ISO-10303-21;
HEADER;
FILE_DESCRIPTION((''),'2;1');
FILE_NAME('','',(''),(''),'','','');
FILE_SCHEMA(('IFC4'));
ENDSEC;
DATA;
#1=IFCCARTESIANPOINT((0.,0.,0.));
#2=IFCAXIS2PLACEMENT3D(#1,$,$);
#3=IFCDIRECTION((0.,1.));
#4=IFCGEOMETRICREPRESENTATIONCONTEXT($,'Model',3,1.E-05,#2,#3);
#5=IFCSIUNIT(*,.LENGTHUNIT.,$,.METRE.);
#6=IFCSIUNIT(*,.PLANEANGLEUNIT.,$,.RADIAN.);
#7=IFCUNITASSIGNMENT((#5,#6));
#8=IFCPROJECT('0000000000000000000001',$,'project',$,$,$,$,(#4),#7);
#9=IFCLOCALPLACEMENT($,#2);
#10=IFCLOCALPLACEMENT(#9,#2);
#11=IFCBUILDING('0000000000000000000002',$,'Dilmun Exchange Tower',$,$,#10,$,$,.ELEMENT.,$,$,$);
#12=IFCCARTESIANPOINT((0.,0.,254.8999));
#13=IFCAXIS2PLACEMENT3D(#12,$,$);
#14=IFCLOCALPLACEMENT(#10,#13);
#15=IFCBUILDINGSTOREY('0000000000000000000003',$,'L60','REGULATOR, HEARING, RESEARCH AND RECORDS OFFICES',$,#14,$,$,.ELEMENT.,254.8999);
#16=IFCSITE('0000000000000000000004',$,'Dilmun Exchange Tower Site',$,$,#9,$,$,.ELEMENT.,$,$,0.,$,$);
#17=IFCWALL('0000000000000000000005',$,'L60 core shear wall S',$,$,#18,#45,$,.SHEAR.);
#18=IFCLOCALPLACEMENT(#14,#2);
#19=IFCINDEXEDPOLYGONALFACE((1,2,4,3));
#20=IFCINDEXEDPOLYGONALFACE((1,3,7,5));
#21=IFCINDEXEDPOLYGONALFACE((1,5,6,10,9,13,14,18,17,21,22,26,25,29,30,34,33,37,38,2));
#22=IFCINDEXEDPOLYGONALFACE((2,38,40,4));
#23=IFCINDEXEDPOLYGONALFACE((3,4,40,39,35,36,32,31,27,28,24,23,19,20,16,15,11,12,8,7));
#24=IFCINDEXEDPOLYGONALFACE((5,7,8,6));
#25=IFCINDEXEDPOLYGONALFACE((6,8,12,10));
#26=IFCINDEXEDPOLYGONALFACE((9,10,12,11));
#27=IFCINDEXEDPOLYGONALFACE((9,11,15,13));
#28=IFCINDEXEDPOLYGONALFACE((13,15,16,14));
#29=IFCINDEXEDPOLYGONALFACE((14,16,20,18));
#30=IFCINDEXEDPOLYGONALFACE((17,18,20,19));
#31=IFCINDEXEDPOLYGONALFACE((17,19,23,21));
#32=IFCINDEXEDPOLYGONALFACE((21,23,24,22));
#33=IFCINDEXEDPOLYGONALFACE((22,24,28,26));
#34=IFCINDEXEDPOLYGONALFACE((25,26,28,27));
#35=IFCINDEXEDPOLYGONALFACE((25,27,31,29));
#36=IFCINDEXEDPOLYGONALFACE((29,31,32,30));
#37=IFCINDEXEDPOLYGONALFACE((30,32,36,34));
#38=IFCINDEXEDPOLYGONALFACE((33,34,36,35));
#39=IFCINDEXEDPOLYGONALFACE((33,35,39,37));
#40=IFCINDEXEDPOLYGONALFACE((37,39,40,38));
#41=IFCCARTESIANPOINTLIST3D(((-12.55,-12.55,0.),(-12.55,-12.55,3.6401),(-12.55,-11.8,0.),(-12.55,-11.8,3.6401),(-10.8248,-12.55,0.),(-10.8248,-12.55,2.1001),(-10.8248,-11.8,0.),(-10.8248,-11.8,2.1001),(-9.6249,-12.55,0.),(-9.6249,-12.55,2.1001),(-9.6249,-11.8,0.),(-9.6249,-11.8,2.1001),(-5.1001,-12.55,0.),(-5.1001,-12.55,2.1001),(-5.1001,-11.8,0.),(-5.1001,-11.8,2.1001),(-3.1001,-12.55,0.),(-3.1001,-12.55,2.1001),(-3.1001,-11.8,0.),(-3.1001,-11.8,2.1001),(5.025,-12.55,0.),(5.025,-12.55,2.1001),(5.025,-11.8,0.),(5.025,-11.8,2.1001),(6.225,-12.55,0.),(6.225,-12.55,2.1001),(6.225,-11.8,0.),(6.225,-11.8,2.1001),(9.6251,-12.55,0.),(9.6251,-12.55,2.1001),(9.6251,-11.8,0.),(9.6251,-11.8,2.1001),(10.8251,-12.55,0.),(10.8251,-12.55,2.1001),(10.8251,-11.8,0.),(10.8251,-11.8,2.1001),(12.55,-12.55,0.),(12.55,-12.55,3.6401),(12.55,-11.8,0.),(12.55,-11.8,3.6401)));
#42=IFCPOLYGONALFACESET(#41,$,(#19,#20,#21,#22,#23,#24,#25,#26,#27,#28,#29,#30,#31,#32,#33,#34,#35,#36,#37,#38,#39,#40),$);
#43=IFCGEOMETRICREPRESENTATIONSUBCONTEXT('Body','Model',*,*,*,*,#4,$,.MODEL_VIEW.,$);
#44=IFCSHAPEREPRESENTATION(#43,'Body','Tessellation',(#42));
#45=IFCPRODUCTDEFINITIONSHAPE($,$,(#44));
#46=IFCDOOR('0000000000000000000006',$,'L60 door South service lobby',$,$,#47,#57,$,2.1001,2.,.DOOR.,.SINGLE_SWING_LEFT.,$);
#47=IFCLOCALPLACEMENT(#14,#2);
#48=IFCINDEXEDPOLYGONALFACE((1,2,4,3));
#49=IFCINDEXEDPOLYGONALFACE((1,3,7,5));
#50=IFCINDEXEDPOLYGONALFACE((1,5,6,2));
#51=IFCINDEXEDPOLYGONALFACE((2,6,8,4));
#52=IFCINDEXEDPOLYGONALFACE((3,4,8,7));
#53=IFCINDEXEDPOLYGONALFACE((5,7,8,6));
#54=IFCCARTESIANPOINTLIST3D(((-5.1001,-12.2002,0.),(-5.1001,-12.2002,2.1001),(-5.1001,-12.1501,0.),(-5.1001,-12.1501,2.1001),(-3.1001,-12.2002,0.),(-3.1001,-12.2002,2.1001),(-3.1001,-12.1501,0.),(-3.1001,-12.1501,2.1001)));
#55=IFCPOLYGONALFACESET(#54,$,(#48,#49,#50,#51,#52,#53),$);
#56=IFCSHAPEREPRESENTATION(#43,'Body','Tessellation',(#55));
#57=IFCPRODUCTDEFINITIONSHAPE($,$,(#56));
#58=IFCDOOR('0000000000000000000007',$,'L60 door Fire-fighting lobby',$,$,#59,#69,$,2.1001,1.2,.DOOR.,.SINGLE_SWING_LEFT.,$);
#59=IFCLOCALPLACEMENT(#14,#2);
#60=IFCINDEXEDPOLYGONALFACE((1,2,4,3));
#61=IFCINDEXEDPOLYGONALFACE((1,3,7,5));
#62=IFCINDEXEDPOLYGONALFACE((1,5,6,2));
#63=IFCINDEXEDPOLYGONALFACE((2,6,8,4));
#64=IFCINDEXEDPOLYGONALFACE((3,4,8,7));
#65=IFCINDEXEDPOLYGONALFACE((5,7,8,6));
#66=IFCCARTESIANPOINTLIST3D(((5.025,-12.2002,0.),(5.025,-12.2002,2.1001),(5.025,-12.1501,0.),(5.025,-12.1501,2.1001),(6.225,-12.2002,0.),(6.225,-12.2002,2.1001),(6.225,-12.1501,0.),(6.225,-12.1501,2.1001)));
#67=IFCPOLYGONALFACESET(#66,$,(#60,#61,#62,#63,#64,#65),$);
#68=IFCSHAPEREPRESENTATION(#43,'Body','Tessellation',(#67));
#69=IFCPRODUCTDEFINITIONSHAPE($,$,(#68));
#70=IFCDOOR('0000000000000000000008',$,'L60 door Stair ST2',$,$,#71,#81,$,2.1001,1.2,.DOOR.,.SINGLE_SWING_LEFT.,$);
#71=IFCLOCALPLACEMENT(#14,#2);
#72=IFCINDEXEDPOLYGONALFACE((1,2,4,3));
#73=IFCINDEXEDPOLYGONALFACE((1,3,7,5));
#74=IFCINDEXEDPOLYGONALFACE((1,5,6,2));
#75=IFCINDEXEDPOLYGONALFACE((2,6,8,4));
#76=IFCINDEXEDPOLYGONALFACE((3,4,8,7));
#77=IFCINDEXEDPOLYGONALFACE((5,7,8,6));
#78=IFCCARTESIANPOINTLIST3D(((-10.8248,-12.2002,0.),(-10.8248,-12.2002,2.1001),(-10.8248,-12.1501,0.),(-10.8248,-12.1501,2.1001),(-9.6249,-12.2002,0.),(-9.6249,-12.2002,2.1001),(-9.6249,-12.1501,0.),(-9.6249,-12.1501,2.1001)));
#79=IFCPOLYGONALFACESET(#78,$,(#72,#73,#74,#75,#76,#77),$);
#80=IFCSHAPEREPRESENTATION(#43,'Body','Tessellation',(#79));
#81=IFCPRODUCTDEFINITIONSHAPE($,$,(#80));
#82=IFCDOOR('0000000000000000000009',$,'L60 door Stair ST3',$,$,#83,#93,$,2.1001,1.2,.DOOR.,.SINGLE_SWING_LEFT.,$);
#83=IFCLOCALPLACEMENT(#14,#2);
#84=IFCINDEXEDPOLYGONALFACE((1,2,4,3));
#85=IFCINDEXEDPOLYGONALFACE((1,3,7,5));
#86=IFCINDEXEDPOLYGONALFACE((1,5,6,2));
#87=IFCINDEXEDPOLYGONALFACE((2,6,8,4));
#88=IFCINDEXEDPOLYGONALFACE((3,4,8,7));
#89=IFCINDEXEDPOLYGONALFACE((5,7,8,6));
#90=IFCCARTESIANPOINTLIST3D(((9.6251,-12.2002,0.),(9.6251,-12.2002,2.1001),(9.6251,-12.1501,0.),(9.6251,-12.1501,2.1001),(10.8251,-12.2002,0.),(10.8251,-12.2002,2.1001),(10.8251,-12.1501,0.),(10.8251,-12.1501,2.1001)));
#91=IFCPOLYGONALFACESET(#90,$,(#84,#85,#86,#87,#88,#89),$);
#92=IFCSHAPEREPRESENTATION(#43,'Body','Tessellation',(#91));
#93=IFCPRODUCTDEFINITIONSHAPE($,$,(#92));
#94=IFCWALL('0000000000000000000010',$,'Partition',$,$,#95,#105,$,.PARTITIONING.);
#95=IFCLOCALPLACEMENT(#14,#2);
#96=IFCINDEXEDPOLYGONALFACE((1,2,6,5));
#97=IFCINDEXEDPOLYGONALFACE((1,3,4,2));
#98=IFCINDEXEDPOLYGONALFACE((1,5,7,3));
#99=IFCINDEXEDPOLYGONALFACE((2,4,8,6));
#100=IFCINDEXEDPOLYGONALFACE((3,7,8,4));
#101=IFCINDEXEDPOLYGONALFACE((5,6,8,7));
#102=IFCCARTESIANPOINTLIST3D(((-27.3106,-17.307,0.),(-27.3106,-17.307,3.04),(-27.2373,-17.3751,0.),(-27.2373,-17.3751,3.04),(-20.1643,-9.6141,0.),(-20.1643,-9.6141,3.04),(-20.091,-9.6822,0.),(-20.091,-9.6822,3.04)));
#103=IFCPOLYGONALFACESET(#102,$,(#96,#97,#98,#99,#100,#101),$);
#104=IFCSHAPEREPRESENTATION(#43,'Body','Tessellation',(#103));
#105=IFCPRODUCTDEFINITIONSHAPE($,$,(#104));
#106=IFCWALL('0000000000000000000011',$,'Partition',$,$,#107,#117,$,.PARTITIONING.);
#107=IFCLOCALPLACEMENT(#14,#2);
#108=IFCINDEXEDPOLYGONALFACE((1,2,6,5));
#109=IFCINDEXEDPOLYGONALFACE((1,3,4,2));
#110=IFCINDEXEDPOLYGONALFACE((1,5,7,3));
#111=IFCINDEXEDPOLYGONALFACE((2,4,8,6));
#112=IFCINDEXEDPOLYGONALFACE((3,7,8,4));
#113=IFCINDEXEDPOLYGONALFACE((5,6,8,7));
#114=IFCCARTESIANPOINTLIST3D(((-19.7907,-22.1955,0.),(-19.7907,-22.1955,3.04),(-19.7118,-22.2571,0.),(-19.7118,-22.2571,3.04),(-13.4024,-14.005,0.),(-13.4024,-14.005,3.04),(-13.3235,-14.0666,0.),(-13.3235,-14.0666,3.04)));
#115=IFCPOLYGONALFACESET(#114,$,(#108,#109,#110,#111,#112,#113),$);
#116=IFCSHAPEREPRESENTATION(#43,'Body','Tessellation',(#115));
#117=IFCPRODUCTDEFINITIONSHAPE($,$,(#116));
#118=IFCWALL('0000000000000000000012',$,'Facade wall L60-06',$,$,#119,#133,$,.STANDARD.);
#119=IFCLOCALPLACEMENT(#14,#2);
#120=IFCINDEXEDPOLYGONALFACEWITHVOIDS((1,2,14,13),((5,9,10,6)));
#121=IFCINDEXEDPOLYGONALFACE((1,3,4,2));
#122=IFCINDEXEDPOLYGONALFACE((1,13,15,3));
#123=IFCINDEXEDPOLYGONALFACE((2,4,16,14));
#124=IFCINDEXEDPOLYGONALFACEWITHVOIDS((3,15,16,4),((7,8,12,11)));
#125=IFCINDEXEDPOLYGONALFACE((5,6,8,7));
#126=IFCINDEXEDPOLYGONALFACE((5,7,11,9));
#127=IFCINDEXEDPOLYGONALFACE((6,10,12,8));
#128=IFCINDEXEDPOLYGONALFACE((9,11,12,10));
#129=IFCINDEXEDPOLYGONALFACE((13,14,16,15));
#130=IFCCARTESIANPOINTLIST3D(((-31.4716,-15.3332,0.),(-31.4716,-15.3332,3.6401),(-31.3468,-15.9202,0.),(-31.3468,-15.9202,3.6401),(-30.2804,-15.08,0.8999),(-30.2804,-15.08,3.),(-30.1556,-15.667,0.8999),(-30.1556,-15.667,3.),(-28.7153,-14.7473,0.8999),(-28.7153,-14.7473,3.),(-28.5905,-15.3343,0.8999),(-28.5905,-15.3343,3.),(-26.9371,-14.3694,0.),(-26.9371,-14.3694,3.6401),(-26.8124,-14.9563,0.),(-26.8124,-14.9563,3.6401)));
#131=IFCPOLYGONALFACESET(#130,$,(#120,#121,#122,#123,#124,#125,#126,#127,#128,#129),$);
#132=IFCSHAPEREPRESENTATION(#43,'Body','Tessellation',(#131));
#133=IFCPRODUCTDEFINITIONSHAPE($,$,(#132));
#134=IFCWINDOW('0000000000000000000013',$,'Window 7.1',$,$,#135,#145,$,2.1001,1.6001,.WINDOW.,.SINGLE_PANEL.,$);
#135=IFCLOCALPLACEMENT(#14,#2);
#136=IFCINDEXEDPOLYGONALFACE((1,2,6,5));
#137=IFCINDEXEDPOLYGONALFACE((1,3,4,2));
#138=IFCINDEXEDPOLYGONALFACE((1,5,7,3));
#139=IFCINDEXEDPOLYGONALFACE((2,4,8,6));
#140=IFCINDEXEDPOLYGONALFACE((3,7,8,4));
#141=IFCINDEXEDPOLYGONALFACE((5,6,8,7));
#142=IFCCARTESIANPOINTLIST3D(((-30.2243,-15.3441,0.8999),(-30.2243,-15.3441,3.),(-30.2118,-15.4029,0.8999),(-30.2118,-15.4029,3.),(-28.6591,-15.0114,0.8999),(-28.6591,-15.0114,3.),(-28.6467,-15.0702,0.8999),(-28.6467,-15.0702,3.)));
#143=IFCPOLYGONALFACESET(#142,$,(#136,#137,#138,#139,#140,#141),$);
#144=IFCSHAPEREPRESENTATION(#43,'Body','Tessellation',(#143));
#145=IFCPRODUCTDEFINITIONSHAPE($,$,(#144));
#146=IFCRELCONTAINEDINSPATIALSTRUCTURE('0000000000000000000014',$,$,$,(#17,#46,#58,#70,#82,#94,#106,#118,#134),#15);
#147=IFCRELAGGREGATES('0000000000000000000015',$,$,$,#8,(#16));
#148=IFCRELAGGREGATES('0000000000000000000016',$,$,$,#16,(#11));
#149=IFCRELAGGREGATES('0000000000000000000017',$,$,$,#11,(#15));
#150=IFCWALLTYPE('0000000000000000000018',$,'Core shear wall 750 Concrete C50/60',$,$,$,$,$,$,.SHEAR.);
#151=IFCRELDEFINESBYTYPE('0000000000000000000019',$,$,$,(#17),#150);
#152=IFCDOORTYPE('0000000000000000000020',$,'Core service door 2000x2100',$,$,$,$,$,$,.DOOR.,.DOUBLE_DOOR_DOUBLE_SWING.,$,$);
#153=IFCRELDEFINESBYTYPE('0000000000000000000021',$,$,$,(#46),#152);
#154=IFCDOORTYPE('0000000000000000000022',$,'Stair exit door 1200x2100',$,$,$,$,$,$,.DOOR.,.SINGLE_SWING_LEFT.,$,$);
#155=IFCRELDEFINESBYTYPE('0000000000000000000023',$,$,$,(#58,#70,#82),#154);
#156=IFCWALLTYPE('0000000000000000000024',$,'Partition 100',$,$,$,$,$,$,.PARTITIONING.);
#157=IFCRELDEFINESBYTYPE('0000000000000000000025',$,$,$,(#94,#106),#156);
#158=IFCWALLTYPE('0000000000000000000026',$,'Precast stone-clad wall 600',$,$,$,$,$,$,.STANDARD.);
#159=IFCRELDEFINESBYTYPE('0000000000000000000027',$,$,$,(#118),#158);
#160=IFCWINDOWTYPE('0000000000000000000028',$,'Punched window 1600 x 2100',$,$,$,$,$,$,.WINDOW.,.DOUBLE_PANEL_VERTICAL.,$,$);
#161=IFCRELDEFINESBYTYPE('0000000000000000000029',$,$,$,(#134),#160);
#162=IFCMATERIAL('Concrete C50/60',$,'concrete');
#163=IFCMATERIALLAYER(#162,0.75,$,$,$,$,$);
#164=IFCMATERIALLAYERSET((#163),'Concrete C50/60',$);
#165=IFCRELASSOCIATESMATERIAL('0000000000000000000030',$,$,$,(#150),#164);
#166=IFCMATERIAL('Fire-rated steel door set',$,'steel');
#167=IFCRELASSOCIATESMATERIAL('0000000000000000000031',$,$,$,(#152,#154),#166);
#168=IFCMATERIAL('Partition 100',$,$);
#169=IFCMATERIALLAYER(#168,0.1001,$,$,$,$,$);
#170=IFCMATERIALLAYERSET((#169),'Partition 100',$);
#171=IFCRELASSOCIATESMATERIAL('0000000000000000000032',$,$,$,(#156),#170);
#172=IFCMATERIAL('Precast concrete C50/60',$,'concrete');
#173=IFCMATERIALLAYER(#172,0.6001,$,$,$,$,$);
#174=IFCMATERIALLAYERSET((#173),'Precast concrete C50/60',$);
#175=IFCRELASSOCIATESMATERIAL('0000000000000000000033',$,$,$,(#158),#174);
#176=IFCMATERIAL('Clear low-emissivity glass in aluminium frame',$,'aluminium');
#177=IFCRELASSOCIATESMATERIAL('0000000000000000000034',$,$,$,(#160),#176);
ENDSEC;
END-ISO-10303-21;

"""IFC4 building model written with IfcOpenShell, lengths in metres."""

from ifc_helpers import new_model, si_unit, direction, frame, frame_2d, origin, place, context, subcontext, project, spatial, rectangle, extrude, material, layer, layer_set, type_object, element, fill, save


model = new_model("IFC4")

# Units and contexts
model_context = context("Model", 3, precision=1e-05, world=origin(), true_north=direction((0.0, 1.0)))
body_context = subcontext(model_context, "Body", "Model", "MODEL_VIEW")
ifc_project = project(units=[si_unit("LENGTHUNIT", "METRE"), si_unit("PLANEANGLEUNIT", "RADIAN")], contexts=[model_context])

# Site, building, storey
site_placement = place(None, origin())
site = spatial("IfcSite", under=ifc_project, at=site_placement, Name="Dilmun Exchange Tower Site", CompositionType="ELEMENT", RefElevation=0.0)
building_placement = place(site_placement, origin())
building = spatial("IfcBuilding", under=site, at=building_placement, Name="Dilmun Exchange Tower", CompositionType="ELEMENT")
storey_placement = place(building_placement, frame((0.0, 0.0, 254.8999)))
storey = spatial("IfcBuildingStorey", under=building, at=storey_placement, Name="L60", Description="REGULATOR, HEARING, RESEARCH AND RECORDS OFFICES", CompositionType="ELEMENT", Elevation=254.8999)

# Shared definitions
ifc_material_1 = material(Name="Concrete C50/60", Category="concrete")

# Wall, openings, doors
ifc_layer_1 = layer(ifc_material_1, 0.75)
ifc_layer_set_1 = layer_set([ifc_layer_1], Name="Concrete C50/60")
wall_type_1 = type_object("IfcWallType", Name="Core shear wall 750 Concrete C50/60", PredefinedType="SHEAR", material=ifc_layer_set_1)
wall_1_placement = place(storey_placement, frame((-12.55, -12.175, 0.0), z_axis=(0.0, 0.0, 1.0), x_axis=(1.0, 0.0, 0.0)))
wall_1 = element("IfcWall", 1, at=wall_1_placement, inside=storey, type_object=wall_type_1, Name="L60 core shear wall S", PredefinedType="SHEAR", context=body_context, shape_type="SweptSolid", body=[
    extrude(rectangle(XDim=25.1001, YDim=0.75, at=frame_2d((12.55, 0.0))), origin(), (0.0, 0.0, 1.0), 3.6401),
])
opening_1_placement = place(wall_1_placement, frame((7.45, 0.0, 0.0)))
opening_1 = element("IfcOpeningElement", 2, at=opening_1_placement, cuts=wall_1, PredefinedType="OPENING", context=body_context, shape_type="SweptSolid", body=[
    extrude(rectangle(XDim=2.0, YDim=2.1001, at=frame_2d((1.0, 1.05))), frame((0.0, 0.385, 0.0), z_axis=(0.0, -1.0, 0.0), x_axis=(1.0, 0.0, 0.0)), (0.0, 0.0, 1.0), 0.77),
])
opening_2_placement = place(wall_1_placement, frame((17.575, 0.0, 0.0)))
opening_2 = element("IfcOpeningElement", 3, at=opening_2_placement, cuts=wall_1, PredefinedType="OPENING", context=body_context, shape_type="SweptSolid", body=[
    extrude(rectangle(XDim=1.2, YDim=2.1001, at=frame_2d((0.6001, 1.05))), frame((0.0, 0.385, 0.0), z_axis=(0.0, -1.0, 0.0), x_axis=(1.0, 0.0, 0.0)), (0.0, 0.0, 1.0), 0.77),
])
opening_3_placement = place(wall_1_placement, frame((1.7251, 0.0, 0.0)))
opening_3 = element("IfcOpeningElement", 4, at=opening_3_placement, cuts=wall_1, PredefinedType="OPENING", context=body_context, shape_type="SweptSolid", body=[
    extrude(rectangle(XDim=1.2, YDim=2.1001, at=frame_2d((0.6001, 1.05))), frame((0.0, 0.385, 0.0), z_axis=(0.0, -1.0, 0.0), x_axis=(1.0, 0.0, 0.0)), (0.0, 0.0, 1.0), 0.77),
])
opening_4_placement = place(wall_1_placement, frame((22.175, 0.0, 0.0)))
opening_4 = element("IfcOpeningElement", 5, at=opening_4_placement, cuts=wall_1, PredefinedType="OPENING", context=body_context, shape_type="SweptSolid", body=[
    extrude(rectangle(XDim=1.2, YDim=2.1001, at=frame_2d((0.6001, 1.05))), frame((0.0, 0.385, 0.0), z_axis=(0.0, -1.0, 0.0), x_axis=(1.0, 0.0, 0.0)), (0.0, 0.0, 1.0), 0.77),
])
ifc_material_2 = material(Name="Fire-rated steel door set", Category="steel")
door_type_1 = type_object("IfcDoorType", Name="Core service door 2000x2100", OperationType="DOUBLE_DOOR_DOUBLE_SWING", PredefinedType="DOOR", material=ifc_material_2)
door_1_placement = place(opening_1_placement, origin())
door_1 = element("IfcDoor", 6, at=door_1_placement, inside=storey, type_object=door_type_1, Name="L60 door South service lobby", OperationType="SINGLE_SWING_LEFT", OverallHeight=2.1001, OverallWidth=2.0, PredefinedType="DOOR", context=body_context, shape_type="SweptSolid", body=[
    extrude(rectangle(XDim=2.0, YDim=2.1001, at=frame_2d((1.0, 1.05))), frame((0.0, 0.0249, 0.0), z_axis=(0.0, -1.0, 0.0), x_axis=(1.0, 0.0, 0.0)), (0.0, 0.0, 1.0), 0.05),
])
fill(opening_1, door_1)
door_type_2 = type_object("IfcDoorType", Name="Stair exit door 1200x2100", OperationType="SINGLE_SWING_LEFT", PredefinedType="DOOR", material=ifc_material_2)
door_2_placement = place(opening_2_placement, origin())
door_2 = element("IfcDoor", 7, at=door_2_placement, inside=storey, type_object=door_type_2, Name="L60 door Fire-fighting lobby", OperationType="SINGLE_SWING_LEFT", OverallHeight=2.1001, OverallWidth=1.2, PredefinedType="DOOR", context=body_context, shape_type="SweptSolid", body=[
    extrude(rectangle(XDim=1.2, YDim=2.1001, at=frame_2d((0.6001, 1.05))), frame((0.0, 0.0249, 0.0), z_axis=(0.0, -1.0, 0.0), x_axis=(1.0, 0.0, 0.0)), (0.0, 0.0, 1.0), 0.05),
])
fill(opening_2, door_2)
door_3_placement = place(opening_3_placement, origin())
door_3 = element("IfcDoor", 8, at=door_3_placement, inside=storey, type_object=door_type_2, Name="L60 door Stair ST2", OperationType="SINGLE_SWING_LEFT", OverallHeight=2.1001, OverallWidth=1.2, PredefinedType="DOOR", context=body_context, shape_type="SweptSolid", body=[
    extrude(rectangle(XDim=1.2, YDim=2.1001, at=frame_2d((0.6001, 1.05))), frame((0.0, 0.0249, 0.0), z_axis=(0.0, -1.0, 0.0), x_axis=(1.0, 0.0, 0.0)), (0.0, 0.0, 1.0), 0.05),
])
fill(opening_3, door_3)
door_4_placement = place(opening_4_placement, origin())
door_4 = element("IfcDoor", 9, at=door_4_placement, inside=storey, type_object=door_type_2, Name="L60 door Stair ST3", OperationType="SINGLE_SWING_LEFT", OverallHeight=2.1001, OverallWidth=1.2, PredefinedType="DOOR", context=body_context, shape_type="SweptSolid", body=[
    extrude(rectangle(XDim=1.2, YDim=2.1001, at=frame_2d((0.6001, 1.05))), frame((0.0, 0.0249, 0.0), z_axis=(0.0, -1.0, 0.0), x_axis=(1.0, 0.0, 0.0)), (0.0, 0.0, 1.0), 0.05),
])
fill(opening_4, door_4)

# Walls
ifc_material_3 = material(Name="Partition 100")
ifc_layer_2 = layer(ifc_material_3, 0.1001)
ifc_layer_set_2 = layer_set([ifc_layer_2], Name="Partition 100")
wall_type_2 = type_object("IfcWallType", Name="Partition 100", PredefinedType="PARTITIONING", material=ifc_layer_set_2)
wall_2_placement = place(storey_placement, frame((-27.2739, -17.3411, 0.0), z_axis=(0.0, 0.0, 1.0), x_axis=(0.680597, 0.732658, 0.0)))
element("IfcWall", 10, at=wall_2_placement, inside=storey, type_object=wall_type_2, Name="Partition", PredefinedType="PARTITIONING", context=body_context, shape_type="SweptSolid", body=[
    extrude(rectangle(XDim=10.5, YDim=0.1001, at=frame_2d((5.25, 0.0))), origin(), (0.0, 0.0, 1.0), 3.04),
])
wall_3_placement = place(storey_placement, frame((-19.7512, -22.2263, 0.0), z_axis=(0.0, 0.0, 1.0), x_axis=(0.615011, 0.788519, 0.0)))
element("IfcWall", 11, at=wall_3_placement, inside=storey, type_object=wall_type_2, Name="Partition", PredefinedType="PARTITIONING", context=body_context, shape_type="SweptSolid", body=[
    extrude(rectangle(XDim=10.3872, YDim=0.1001, at=frame_2d((5.1936, 0.0))), origin(), (0.0, 0.0, 1.0), 3.04),
])

# Wall, opening, window
ifc_material_4 = material(Name="Precast concrete C50/60", Category="concrete")
ifc_layer_3 = layer(ifc_material_4, 0.6001)
ifc_layer_set_3 = layer_set([ifc_layer_3], Name="Precast concrete C50/60")
wall_type_3 = type_object("IfcWallType", Name="Precast stone-clad wall 600", PredefinedType="STANDARD", material=ifc_layer_set_3)
wall_4_placement = place(storey_placement, frame((-26.8748, -14.6628, 0.0), z_axis=(0.0, 0.0, 1.0), x_axis=(-0.978146, -0.207921, 0.0)))
wall_4 = element("IfcWall", 12, at=wall_4_placement, inside=storey, type_object=wall_type_3, Name="Facade wall L60-06", PredefinedType="STANDARD", context=body_context, shape_type="SweptSolid", body=[
    extrude(rectangle(XDim=4.6357, YDim=0.6001, at=frame_2d((2.3179, 0.0))), origin(), (0.0, 0.0, 1.0), 3.6401),
])
opening_5_placement = place(wall_4_placement, frame((1.8179, 0.0, 0.8999)))
opening_5 = element("IfcOpeningElement", 13, at=opening_5_placement, cuts=wall_4, PredefinedType="OPENING", context=body_context, shape_type="SweptSolid", body=[
    extrude(rectangle(XDim=1.6001, YDim=2.1001, at=frame_2d((0.8, 1.05))), frame((0.0, 0.3101, 0.0), z_axis=(0.0, -1.0, 0.0), x_axis=(1.0, 0.0, 0.0)), (0.0, 0.0, 1.0), 0.6201),
])
ifc_material_5 = material(Name="Clear low-emissivity glass in aluminium frame", Category="aluminium")
window_type_1 = type_object("IfcWindowType", Name="Punched window 1600 x 2100", PartitioningType="DOUBLE_PANEL_VERTICAL", PredefinedType="WINDOW", material=ifc_material_5)
window_1_placement = place(opening_5_placement, origin())
window_1 = element("IfcWindow", 14, at=window_1_placement, inside=storey, type_object=window_type_1, Name="Window 7.1", OverallHeight=2.1001, OverallWidth=1.6001, PartitioningType="SINGLE_PANEL", PredefinedType="WINDOW", context=body_context, shape_type="SweptSolid", body=[
    extrude(rectangle(XDim=1.6001, YDim=2.1001, at=frame_2d((0.8, 1.05))), frame((0.0, 0.03, 0.0), z_axis=(0.0, -1.0, 0.0), x_axis=(1.0, 0.0, 0.0)), (0.0, 0.0, 1.0), 0.0601),
])
fill(opening_5, window_1)

save(model, "model.ifc")
